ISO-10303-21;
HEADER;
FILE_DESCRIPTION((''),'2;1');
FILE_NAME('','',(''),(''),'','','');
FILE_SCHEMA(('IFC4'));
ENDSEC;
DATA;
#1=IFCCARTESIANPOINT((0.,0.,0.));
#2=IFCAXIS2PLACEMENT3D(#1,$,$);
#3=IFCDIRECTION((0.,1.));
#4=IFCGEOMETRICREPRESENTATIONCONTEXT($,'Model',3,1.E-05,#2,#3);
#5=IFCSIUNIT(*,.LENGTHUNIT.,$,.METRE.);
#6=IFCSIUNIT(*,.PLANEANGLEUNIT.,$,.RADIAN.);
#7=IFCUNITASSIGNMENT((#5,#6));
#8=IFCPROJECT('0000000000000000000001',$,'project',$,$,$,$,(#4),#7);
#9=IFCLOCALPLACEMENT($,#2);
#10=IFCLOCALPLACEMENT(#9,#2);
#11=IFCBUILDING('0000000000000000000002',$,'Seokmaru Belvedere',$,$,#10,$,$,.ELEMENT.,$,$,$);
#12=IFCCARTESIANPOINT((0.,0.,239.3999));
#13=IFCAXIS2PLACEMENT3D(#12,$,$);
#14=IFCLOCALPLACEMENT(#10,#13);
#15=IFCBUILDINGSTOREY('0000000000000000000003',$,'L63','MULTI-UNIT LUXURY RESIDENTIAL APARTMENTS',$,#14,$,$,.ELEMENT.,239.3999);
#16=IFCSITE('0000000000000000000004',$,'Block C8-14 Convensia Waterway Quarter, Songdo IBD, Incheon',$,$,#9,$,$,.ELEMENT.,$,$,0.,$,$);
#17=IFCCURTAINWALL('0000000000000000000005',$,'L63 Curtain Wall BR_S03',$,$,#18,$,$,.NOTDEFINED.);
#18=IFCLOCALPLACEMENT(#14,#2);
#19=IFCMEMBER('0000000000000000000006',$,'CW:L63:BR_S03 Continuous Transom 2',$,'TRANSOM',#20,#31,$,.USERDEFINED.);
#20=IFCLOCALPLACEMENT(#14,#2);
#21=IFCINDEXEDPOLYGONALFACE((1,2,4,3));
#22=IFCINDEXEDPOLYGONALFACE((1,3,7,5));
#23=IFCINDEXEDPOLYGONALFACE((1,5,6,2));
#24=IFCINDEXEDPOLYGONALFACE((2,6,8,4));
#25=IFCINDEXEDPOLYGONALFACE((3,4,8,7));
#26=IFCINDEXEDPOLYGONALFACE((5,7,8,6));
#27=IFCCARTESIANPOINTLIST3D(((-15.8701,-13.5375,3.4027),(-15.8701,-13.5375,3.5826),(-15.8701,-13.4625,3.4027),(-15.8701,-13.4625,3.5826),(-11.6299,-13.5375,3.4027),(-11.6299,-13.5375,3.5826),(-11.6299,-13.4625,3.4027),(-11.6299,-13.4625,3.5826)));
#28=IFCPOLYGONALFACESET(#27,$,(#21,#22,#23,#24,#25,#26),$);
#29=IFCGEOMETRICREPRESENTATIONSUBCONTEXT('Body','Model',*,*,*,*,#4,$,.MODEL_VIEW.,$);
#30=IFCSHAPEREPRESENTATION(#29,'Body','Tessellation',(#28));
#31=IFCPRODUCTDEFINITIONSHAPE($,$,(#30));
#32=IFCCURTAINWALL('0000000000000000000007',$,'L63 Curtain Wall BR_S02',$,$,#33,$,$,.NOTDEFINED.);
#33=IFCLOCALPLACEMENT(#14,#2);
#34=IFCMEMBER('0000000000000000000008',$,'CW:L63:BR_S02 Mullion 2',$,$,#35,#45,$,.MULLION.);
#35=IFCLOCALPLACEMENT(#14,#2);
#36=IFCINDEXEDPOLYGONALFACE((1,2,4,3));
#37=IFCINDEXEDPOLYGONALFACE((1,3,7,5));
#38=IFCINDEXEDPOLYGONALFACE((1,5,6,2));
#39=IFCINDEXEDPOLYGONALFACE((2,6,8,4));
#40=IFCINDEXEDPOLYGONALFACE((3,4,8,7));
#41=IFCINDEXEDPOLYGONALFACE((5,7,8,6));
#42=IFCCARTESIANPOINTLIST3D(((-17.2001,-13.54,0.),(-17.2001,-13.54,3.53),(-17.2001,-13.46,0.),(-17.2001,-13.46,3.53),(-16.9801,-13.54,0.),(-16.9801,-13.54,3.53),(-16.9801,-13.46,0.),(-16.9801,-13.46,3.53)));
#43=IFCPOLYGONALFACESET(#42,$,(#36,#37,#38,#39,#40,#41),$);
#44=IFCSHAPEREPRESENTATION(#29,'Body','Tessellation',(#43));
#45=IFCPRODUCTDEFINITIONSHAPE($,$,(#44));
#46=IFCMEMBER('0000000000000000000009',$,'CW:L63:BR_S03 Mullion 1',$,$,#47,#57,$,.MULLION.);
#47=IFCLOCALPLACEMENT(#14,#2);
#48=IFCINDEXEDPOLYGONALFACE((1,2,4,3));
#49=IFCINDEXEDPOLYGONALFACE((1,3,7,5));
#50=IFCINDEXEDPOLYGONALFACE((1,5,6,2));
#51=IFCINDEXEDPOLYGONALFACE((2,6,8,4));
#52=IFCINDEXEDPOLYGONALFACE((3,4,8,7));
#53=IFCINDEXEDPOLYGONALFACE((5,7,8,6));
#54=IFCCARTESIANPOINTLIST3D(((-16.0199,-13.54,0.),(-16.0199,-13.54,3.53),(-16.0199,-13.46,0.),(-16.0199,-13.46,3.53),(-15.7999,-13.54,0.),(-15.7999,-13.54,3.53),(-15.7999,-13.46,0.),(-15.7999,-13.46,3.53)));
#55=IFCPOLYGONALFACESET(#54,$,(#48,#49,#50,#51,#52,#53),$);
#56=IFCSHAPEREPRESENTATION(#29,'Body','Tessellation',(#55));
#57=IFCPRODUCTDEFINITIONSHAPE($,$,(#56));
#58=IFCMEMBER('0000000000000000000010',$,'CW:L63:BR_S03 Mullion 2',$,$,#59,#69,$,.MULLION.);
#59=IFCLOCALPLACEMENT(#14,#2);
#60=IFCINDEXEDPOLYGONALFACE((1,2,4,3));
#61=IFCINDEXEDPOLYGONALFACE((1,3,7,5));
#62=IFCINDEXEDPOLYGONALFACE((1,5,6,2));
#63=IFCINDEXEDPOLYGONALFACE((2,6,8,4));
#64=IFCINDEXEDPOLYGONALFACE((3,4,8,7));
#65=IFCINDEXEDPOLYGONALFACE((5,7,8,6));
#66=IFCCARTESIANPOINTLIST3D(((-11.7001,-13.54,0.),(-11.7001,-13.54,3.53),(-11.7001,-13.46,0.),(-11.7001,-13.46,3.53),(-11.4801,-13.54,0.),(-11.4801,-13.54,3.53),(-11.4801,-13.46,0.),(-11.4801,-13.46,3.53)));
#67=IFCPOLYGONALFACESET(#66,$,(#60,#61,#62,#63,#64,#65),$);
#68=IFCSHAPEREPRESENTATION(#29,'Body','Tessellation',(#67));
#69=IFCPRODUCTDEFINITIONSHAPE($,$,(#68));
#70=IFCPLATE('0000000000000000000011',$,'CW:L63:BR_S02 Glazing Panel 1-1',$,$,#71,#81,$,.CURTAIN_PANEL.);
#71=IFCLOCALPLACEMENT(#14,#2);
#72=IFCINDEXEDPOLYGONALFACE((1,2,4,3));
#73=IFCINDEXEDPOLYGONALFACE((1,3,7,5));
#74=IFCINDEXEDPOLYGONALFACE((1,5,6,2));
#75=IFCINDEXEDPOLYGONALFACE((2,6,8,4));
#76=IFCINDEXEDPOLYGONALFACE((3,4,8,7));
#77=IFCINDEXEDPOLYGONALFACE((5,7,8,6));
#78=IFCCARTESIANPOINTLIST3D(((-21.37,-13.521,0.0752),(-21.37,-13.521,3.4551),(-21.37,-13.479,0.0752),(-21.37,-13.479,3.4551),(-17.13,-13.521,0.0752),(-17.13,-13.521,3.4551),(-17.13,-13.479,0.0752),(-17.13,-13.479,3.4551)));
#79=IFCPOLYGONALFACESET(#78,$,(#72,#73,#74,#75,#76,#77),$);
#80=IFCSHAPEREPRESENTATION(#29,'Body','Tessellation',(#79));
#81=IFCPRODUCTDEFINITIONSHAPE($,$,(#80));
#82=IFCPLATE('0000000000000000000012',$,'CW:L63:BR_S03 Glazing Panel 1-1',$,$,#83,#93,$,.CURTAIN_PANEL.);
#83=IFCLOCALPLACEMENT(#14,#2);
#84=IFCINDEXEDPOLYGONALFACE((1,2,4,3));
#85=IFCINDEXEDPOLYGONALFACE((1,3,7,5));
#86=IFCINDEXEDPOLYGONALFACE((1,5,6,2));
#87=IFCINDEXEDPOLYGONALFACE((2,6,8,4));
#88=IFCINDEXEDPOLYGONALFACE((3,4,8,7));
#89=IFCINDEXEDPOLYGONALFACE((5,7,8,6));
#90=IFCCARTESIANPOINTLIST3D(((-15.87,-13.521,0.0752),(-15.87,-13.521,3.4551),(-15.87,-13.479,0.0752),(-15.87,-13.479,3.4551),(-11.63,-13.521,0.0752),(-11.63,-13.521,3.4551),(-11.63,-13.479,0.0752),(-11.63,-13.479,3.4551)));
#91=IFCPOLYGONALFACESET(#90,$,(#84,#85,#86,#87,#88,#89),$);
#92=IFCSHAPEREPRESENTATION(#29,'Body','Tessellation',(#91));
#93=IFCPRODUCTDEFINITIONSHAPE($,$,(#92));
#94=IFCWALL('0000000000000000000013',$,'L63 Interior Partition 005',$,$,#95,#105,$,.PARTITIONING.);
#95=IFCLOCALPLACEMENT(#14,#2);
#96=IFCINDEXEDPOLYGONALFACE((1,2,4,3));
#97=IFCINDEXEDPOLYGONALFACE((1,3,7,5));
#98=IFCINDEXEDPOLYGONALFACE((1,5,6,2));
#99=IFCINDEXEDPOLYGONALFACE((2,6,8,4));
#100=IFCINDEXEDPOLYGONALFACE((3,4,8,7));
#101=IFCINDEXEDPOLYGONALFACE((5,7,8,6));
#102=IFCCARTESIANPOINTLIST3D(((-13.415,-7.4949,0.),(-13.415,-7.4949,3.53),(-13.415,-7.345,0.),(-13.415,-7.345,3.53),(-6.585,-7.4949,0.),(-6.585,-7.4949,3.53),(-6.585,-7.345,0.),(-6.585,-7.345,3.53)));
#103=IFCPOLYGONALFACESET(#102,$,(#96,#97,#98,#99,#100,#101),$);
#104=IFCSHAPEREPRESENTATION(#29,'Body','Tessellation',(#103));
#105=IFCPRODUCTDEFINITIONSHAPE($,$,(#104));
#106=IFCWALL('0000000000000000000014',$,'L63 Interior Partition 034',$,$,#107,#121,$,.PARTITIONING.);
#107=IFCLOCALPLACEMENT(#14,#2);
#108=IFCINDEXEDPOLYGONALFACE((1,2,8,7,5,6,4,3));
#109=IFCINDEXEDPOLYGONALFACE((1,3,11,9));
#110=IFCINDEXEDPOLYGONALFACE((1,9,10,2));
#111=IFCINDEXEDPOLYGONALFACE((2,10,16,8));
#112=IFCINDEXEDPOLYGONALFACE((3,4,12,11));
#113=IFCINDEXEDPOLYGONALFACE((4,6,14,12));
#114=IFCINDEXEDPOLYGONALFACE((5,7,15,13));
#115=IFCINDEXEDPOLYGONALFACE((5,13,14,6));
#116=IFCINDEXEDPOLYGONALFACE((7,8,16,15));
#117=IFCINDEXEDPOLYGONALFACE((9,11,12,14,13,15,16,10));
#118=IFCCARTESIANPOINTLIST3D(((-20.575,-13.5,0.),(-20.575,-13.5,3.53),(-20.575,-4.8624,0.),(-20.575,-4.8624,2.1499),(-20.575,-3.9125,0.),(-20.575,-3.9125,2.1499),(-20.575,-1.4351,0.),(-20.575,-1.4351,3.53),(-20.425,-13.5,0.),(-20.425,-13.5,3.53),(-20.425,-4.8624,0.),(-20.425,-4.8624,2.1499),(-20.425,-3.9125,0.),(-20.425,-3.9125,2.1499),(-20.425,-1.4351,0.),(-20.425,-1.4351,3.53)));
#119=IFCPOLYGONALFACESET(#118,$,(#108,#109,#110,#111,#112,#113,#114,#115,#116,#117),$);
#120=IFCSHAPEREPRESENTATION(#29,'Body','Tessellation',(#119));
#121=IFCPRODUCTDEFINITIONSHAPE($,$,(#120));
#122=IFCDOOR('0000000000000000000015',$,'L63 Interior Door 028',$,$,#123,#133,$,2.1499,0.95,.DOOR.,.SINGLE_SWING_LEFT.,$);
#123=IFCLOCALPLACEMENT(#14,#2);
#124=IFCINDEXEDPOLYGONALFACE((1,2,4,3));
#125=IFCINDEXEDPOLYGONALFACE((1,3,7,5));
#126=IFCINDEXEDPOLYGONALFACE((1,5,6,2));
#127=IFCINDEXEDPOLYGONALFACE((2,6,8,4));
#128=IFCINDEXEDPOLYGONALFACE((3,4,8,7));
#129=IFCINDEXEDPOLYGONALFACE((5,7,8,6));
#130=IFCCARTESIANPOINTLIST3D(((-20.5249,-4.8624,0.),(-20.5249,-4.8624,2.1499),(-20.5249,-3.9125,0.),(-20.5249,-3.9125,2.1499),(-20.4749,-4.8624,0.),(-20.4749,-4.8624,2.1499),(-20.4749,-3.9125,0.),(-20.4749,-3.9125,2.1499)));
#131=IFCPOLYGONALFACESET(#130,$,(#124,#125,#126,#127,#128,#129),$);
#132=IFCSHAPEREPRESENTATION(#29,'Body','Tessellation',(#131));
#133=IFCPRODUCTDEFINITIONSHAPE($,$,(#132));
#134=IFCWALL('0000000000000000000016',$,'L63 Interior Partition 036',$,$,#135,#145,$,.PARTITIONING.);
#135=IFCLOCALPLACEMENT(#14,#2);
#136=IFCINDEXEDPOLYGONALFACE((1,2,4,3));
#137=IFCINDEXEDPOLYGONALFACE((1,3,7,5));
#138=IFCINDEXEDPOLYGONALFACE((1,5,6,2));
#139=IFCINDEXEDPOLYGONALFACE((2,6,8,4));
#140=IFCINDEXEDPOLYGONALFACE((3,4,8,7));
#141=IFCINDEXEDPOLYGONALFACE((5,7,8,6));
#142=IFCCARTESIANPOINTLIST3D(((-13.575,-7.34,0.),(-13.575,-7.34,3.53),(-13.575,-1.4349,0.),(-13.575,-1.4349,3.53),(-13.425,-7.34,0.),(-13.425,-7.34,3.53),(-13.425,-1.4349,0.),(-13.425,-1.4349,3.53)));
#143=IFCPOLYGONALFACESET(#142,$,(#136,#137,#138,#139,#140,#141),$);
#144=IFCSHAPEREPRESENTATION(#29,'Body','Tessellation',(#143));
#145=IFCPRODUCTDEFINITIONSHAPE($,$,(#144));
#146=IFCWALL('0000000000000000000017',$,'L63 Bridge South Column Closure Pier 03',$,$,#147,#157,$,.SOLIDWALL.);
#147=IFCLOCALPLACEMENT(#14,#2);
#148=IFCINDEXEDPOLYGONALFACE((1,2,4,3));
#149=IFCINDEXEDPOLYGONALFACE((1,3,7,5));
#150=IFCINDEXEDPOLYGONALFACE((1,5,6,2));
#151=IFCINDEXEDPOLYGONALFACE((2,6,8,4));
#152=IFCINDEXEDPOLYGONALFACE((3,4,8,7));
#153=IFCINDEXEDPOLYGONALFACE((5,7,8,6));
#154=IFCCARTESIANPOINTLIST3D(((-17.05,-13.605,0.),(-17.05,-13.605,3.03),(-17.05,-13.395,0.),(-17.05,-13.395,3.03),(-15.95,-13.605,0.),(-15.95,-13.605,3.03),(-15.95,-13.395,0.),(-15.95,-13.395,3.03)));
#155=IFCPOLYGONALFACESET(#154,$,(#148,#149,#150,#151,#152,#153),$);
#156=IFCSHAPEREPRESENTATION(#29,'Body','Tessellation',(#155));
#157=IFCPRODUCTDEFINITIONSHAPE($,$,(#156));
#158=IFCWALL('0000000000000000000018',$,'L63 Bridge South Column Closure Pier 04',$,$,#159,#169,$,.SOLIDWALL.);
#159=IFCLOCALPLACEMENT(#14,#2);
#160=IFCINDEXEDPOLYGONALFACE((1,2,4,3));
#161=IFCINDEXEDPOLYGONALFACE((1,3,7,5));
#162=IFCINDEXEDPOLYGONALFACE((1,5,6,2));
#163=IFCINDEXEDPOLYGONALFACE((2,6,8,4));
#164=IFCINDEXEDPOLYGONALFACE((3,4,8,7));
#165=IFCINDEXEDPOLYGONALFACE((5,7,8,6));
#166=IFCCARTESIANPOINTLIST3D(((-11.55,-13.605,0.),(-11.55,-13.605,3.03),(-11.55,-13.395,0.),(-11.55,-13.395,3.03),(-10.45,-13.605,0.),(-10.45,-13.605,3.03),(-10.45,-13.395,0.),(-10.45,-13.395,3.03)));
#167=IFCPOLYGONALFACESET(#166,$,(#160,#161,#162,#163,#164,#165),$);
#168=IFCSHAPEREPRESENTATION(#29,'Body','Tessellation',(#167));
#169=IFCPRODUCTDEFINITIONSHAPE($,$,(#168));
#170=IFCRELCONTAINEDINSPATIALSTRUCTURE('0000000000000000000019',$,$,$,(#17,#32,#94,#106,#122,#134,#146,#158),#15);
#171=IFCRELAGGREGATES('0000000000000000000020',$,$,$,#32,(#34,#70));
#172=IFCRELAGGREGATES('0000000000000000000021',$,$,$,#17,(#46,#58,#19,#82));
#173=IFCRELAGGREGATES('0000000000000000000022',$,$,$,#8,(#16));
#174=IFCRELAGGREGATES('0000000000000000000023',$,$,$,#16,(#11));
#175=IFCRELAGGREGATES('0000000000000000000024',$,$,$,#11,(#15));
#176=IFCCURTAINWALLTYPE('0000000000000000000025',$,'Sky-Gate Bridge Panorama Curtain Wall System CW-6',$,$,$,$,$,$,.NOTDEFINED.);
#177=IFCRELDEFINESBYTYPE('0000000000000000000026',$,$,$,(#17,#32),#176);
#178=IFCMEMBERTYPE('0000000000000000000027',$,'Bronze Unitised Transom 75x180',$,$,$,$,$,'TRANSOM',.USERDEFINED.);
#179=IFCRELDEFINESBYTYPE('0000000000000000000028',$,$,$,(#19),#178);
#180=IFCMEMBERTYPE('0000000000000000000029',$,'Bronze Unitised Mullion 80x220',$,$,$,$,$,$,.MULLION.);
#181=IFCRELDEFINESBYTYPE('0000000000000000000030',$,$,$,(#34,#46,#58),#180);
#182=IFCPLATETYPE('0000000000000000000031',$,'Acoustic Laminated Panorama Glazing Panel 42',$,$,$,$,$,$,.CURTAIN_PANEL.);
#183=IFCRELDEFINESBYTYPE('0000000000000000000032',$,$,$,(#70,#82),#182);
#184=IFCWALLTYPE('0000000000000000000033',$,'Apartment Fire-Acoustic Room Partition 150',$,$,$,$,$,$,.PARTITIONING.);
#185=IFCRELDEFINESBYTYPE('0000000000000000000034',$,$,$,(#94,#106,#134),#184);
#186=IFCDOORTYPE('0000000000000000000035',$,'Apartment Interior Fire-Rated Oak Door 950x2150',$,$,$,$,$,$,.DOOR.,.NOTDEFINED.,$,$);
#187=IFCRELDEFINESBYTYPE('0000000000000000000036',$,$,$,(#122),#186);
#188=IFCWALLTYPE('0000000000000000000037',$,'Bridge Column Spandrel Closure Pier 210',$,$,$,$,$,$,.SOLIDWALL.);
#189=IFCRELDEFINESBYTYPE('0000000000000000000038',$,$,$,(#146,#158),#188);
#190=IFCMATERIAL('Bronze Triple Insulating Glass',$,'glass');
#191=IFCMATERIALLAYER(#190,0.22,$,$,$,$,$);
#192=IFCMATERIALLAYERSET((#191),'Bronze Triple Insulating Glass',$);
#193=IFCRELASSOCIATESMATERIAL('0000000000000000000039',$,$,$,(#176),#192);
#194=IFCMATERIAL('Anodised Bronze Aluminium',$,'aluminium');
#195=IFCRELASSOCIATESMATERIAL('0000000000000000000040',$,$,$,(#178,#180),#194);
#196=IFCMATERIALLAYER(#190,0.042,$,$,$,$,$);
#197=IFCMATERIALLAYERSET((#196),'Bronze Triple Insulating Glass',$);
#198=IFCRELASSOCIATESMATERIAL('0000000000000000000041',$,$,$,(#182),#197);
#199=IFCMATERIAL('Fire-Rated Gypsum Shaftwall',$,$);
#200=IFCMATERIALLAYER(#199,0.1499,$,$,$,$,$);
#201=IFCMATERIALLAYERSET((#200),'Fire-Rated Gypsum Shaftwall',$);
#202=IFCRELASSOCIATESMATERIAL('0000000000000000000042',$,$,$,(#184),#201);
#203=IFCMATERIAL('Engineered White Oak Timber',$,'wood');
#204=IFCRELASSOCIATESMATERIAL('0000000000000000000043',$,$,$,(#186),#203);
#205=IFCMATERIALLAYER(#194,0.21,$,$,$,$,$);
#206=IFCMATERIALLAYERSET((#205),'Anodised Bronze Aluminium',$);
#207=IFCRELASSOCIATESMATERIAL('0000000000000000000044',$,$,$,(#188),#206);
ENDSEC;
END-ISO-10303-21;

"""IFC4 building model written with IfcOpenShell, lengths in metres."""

from ifc_helpers import new_model, si_unit, direction, frame, frame_2d, origin, origin_2d, place, context, subcontext, project, spatial, rectangle, extrude, source, transform, mapped, material, layer, layer_set, material_profile, profile_set, type_object, type_shapes, element, fill, aggregate, save


model = new_model("IFC4")

# Units and contexts
model_context = context("Model", 3, precision=1e-05, world=origin(), true_north=direction((0.0, 1.0)))
body_context = subcontext(model_context, "Body", "Model", "MODEL_VIEW")
ifc_project = project(units=[si_unit("LENGTHUNIT", "METRE"), si_unit("PLANEANGLEUNIT", "RADIAN")], contexts=[model_context])

# Site, building, storey
site_placement = place(None, origin())
site = spatial("IfcSite", under=ifc_project, at=site_placement, Name="Block C8-14 Convensia Waterway Quarter, Songdo IBD, Incheon", CompositionType="ELEMENT", RefElevation=0.0)
building_placement = place(site_placement, origin())
building = spatial("IfcBuilding", under=site, at=building_placement, Name="Seokmaru Belvedere", CompositionType="ELEMENT")
storey_placement = place(building_placement, frame((0.0, 0.0, 239.3999)))
storey = spatial("IfcBuildingStorey", under=building, at=storey_placement, Name="L63", Description="MULTI-UNIT LUXURY RESIDENTIAL APARTMENTS", CompositionType="ELEMENT", Elevation=239.3999)

# Curtain wall, member
ifc_material_1 = material(Name="Bronze Triple Insulating Glass", Category="glass")
ifc_layer_1 = layer(ifc_material_1, 0.22)
ifc_layer_set_1 = layer_set([ifc_layer_1], Name="Bronze Triple Insulating Glass")
curtain_wall_type = type_object("IfcCurtainWallType", Name="Sky-Gate Bridge Panorama Curtain Wall System CW-6", PredefinedType="NOTDEFINED", material=ifc_layer_set_1)
curtain_wall_1_placement = place(storey_placement, origin())
curtain_wall_1 = element("IfcCurtainWall", 1, at=curtain_wall_1_placement, inside=storey, type_object=curtain_wall_type, Name="L63 Curtain Wall BR_S03", PredefinedType="NOTDEFINED")
ifc_material_2 = material(Name="Anodised Bronze Aluminium", Category="aluminium")
ifc_material_profile_1 = material_profile(ifc_material_2, rectangle(XDim=0.075, YDim=0.1799, at=origin_2d()), Name="CW-T-75x180")
ifc_profile_set_1 = profile_set([ifc_material_profile_1], Name="Anodised Bronze Aluminium")
member_type_1 = type_object("IfcMemberType", Name="Bronze Unitised Transom 75x180", ElementType="TRANSOM", PredefinedType="USERDEFINED", material=ifc_profile_set_1)
shared_shape_1 = source(origin(), body_context, "Body", "SweptSolid", [
    extrude(rectangle(XDim=0.075, YDim=0.1799, at=origin_2d()), origin(), (0.0, 0.0, 1.0), 4.2402),
])
type_shapes(member_type_1, [shared_shape_1])
member_1_placement = place(storey_placement, frame((-15.8701, -13.5, 3.4927), z_axis=(1.0, 0.0, 0.0), x_axis=(0.0, 1.0, 0.0)))
member_1 = element("IfcMember", 2, at=member_1_placement, type_object=member_type_1, Name="CW:L63:BR_S03 Continuous Transom 2", ObjectType="TRANSOM", PredefinedType="USERDEFINED", context=body_context, shape_type="MappedRepresentation", body=[
    mapped(shared_shape_1, transform((0.0, 0.0, 0.0), scale=1.0)),
])

# Curtain wall, member
curtain_wall_2_placement = place(storey_placement, origin())
curtain_wall_2 = element("IfcCurtainWall", 3, at=curtain_wall_2_placement, inside=storey, type_object=curtain_wall_type, Name="L63 Curtain Wall BR_S02", PredefinedType="NOTDEFINED")
ifc_material_profile_2 = material_profile(ifc_material_2, rectangle(XDim=0.0801, YDim=0.22, at=origin_2d()), Name="CW-M-80x220")
ifc_profile_set_2 = profile_set([ifc_material_profile_2], Name="Anodised Bronze Aluminium")
member_type_2 = type_object("IfcMemberType", Name="Bronze Unitised Mullion 80x220", PredefinedType="MULLION", material=ifc_profile_set_2)
shared_shape_2 = source(origin(), body_context, "Body", "SweptSolid", [
    extrude(rectangle(XDim=0.0801, YDim=0.22, at=origin_2d()), origin(), (0.0, 0.0, 1.0), 3.53),
])
type_shapes(member_type_2, [shared_shape_2])
member_2_placement = place(storey_placement, frame((-17.0901, -13.5, 0.0), z_axis=(0.0, 0.0, 1.0), x_axis=(0.0, 1.0, 0.0)))
member_2 = element("IfcMember", 4, at=member_2_placement, type_object=member_type_2, Name="CW:L63:BR_S02 Mullion 2", PredefinedType="MULLION", context=body_context, shape_type="MappedRepresentation", body=[
    mapped(shared_shape_2, transform((0.0, 0.0, 0.0), scale=1.0)),
])

# Members
member_3_placement = place(storey_placement, frame((-15.9099, -13.5, 0.0), z_axis=(0.0, 0.0, 1.0), x_axis=(0.0, 1.0, 0.0)))
member_3 = element("IfcMember", 5, at=member_3_placement, type_object=member_type_2, Name="CW:L63:BR_S03 Mullion 1", PredefinedType="MULLION", context=body_context, shape_type="MappedRepresentation", body=[
    mapped(shared_shape_2, transform((0.0, 0.0, 0.0), scale=1.0)),
])
member_4_placement = place(storey_placement, frame((-11.5901, -13.5, 0.0), z_axis=(0.0, 0.0, 1.0), x_axis=(0.0, 1.0, 0.0)))
member_4 = element("IfcMember", 6, at=member_4_placement, type_object=member_type_2, Name="CW:L63:BR_S03 Mullion 2", PredefinedType="MULLION", context=body_context, shape_type="MappedRepresentation", body=[
    mapped(shared_shape_2, transform((0.0, 0.0, 0.0), scale=1.0)),
])

# Plates
ifc_layer_2 = layer(ifc_material_1, 0.042)
ifc_layer_set_2 = layer_set([ifc_layer_2], Name="Bronze Triple Insulating Glass")
plate_type = type_object("IfcPlateType", Name="Acoustic Laminated Panorama Glazing Panel 42", PredefinedType="CURTAIN_PANEL", material=ifc_layer_set_2)
shared_shape_3 = source(origin(), body_context, "Body", "SweptSolid", [
    extrude(rectangle(XDim=4.24, YDim=0.042, at=origin_2d()), origin(), (0.0, 0.0, 1.0), 3.3799),
])
type_shapes(plate_type, [shared_shape_3])
plate_1_placement = place(storey_placement, frame((-19.25, -13.5, 0.0752), z_axis=(0.0, 0.0, 1.0), x_axis=(1.0, 0.0, 0.0)))
plate_1 = element("IfcPlate", 7, at=plate_1_placement, type_object=plate_type, Name="CW:L63:BR_S02 Glazing Panel 1-1", PredefinedType="CURTAIN_PANEL", context=body_context, shape_type="MappedRepresentation", body=[
    mapped(shared_shape_3, transform((0.0, 0.0, 0.0), scale=1.0)),
])
aggregate(curtain_wall_2, [member_2, plate_1])
plate_2_placement = place(storey_placement, frame((-13.75, -13.5, 0.0752), z_axis=(0.0, 0.0, 1.0), x_axis=(1.0, 0.0, 0.0)))
plate_2 = element("IfcPlate", 8, at=plate_2_placement, type_object=plate_type, Name="CW:L63:BR_S03 Glazing Panel 1-1", PredefinedType="CURTAIN_PANEL", context=body_context, shape_type="MappedRepresentation", body=[
    mapped(shared_shape_3, transform((0.0, 0.0, 0.0), scale=1.0)),
])
aggregate(curtain_wall_1, [member_3, member_4, member_1, plate_2])

# Wall
ifc_material_3 = material(Name="Fire-Rated Gypsum Shaftwall")
ifc_layer_3 = layer(ifc_material_3, 0.1499)
ifc_layer_set_3 = layer_set([ifc_layer_3], Name="Fire-Rated Gypsum Shaftwall")
wall_type_1 = type_object("IfcWallType", Name="Apartment Fire-Acoustic Room Partition 150", PredefinedType="PARTITIONING", material=ifc_layer_set_3)
wall_1_placement = place(storey_placement, frame((-13.415, -7.4199, 0.0), z_axis=(0.0, 0.0, 1.0), x_axis=(1.0, 0.0, 0.0)))
element("IfcWall", 9, at=wall_1_placement, inside=storey, type_object=wall_type_1, Name="L63 Interior Partition 005", PredefinedType="PARTITIONING", context=body_context, shape_type="SweptSolid", body=[
    extrude(rectangle(XDim=6.8301, YDim=0.1499, at=frame_2d((3.415, 0.0))), origin(), (0.0, 0.0, 1.0), 3.53),
])

# Wall, opening, door
wall_2_placement = place(storey_placement, frame((-20.5, -13.5, 0.0), z_axis=(0.0, 0.0, 1.0), x_axis=(0.0, 1.0, 0.0)))
wall_2 = element("IfcWall", 10, at=wall_2_placement, inside=storey, type_object=wall_type_1, Name="L63 Interior Partition 034", PredefinedType="PARTITIONING", context=body_context, shape_type="SweptSolid", body=[
    extrude(rectangle(XDim=12.0649, YDim=0.1499, at=frame_2d((6.0325, 0.0))), origin(), (0.0, 0.0, 1.0), 3.53),
])
opening_placement = place(wall_2_placement, frame((8.6375, 0.0, 0.0)))
opening = element("IfcOpeningElement", 11, at=opening_placement, cuts=wall_2, PredefinedType="OPENING", context=body_context, shape_type="SweptSolid", body=[
    extrude(rectangle(XDim=0.95, YDim=2.1499, at=frame_2d((0.4751, 1.075))), frame((0.0, 0.085, 0.0), z_axis=(0.0, -1.0, 0.0), x_axis=(1.0, 0.0, 0.0)), (0.0, 0.0, 1.0), 0.1699),
])
ifc_material_4 = material(Name="Engineered White Oak Timber", Category="wood")
door_type = type_object("IfcDoorType", Name="Apartment Interior Fire-Rated Oak Door 950x2150", OperationType="NOTDEFINED", PredefinedType="DOOR", material=ifc_material_4)
shared_shape_4 = source(origin(), body_context, "Body", "SweptSolid", [
    extrude(rectangle(XDim=0.95, YDim=2.1499, at=frame_2d((0.4751, 1.075))), frame((0.0, 0.0249, 0.0), z_axis=(0.0, -1.0, 0.0), x_axis=(1.0, 0.0, 0.0)), (0.0, 0.0, 1.0), 0.05),
])
type_shapes(door_type, [shared_shape_4])
door_placement = place(opening_placement, origin())
door = element("IfcDoor", 12, at=door_placement, inside=storey, type_object=door_type, Name="L63 Interior Door 028", OperationType="SINGLE_SWING_LEFT", OverallHeight=2.1499, OverallWidth=0.95, PredefinedType="DOOR", context=body_context, shape_type="MappedRepresentation", body=[
    mapped(shared_shape_4, transform((0.0, 0.0, 0.0), scale=1.0)),
])
fill(opening, door)

# Walls
wall_3_placement = place(storey_placement, frame((-13.5, -7.3401, 0.0), z_axis=(0.0, 0.0, 1.0), x_axis=(0.0, 1.0, 0.0)))
element("IfcWall", 13, at=wall_3_placement, inside=storey, type_object=wall_type_1, Name="L63 Interior Partition 036", PredefinedType="PARTITIONING", context=body_context, shape_type="SweptSolid", body=[
    extrude(rectangle(XDim=5.905, YDim=0.1499, at=frame_2d((2.9526, 0.0))), origin(), (0.0, 0.0, 1.0), 3.53),
])
ifc_layer_4 = layer(ifc_material_2, 0.21)
ifc_layer_set_4 = layer_set([ifc_layer_4], Name="Anodised Bronze Aluminium")
wall_type_2 = type_object("IfcWallType", Name="Bridge Column Spandrel Closure Pier 210", PredefinedType="SOLIDWALL", material=ifc_layer_set_4)
for number, where, z_axis, x_axis, name in (
    (14, (-17.05, -13.5, 0.0), (0.0, 0.0, 1.0), (1.0, 0.0, 0.0), "L63 Bridge South Column Closure Pier 03"),
    (15, (-11.55, -13.5, 0.0), (0.0, 0.0, 1.0), (1.0, 0.0, 0.0), "L63 Bridge South Column Closure Pier 04"),
):
    element("IfcWall", number, at=place(storey_placement, frame(where, z_axis=z_axis, x_axis=x_axis)), inside=storey, type_object=wall_type_2, Name=name, PredefinedType="SOLIDWALL", context=body_context, shape_type="SweptSolid", body=[
        extrude(rectangle(XDim=1.1001, YDim=0.21, at=frame_2d((0.55, 0.0))), origin(), (0.0, 0.0, 1.0), 3.03),
    ])

save(model, "model.ifc")
